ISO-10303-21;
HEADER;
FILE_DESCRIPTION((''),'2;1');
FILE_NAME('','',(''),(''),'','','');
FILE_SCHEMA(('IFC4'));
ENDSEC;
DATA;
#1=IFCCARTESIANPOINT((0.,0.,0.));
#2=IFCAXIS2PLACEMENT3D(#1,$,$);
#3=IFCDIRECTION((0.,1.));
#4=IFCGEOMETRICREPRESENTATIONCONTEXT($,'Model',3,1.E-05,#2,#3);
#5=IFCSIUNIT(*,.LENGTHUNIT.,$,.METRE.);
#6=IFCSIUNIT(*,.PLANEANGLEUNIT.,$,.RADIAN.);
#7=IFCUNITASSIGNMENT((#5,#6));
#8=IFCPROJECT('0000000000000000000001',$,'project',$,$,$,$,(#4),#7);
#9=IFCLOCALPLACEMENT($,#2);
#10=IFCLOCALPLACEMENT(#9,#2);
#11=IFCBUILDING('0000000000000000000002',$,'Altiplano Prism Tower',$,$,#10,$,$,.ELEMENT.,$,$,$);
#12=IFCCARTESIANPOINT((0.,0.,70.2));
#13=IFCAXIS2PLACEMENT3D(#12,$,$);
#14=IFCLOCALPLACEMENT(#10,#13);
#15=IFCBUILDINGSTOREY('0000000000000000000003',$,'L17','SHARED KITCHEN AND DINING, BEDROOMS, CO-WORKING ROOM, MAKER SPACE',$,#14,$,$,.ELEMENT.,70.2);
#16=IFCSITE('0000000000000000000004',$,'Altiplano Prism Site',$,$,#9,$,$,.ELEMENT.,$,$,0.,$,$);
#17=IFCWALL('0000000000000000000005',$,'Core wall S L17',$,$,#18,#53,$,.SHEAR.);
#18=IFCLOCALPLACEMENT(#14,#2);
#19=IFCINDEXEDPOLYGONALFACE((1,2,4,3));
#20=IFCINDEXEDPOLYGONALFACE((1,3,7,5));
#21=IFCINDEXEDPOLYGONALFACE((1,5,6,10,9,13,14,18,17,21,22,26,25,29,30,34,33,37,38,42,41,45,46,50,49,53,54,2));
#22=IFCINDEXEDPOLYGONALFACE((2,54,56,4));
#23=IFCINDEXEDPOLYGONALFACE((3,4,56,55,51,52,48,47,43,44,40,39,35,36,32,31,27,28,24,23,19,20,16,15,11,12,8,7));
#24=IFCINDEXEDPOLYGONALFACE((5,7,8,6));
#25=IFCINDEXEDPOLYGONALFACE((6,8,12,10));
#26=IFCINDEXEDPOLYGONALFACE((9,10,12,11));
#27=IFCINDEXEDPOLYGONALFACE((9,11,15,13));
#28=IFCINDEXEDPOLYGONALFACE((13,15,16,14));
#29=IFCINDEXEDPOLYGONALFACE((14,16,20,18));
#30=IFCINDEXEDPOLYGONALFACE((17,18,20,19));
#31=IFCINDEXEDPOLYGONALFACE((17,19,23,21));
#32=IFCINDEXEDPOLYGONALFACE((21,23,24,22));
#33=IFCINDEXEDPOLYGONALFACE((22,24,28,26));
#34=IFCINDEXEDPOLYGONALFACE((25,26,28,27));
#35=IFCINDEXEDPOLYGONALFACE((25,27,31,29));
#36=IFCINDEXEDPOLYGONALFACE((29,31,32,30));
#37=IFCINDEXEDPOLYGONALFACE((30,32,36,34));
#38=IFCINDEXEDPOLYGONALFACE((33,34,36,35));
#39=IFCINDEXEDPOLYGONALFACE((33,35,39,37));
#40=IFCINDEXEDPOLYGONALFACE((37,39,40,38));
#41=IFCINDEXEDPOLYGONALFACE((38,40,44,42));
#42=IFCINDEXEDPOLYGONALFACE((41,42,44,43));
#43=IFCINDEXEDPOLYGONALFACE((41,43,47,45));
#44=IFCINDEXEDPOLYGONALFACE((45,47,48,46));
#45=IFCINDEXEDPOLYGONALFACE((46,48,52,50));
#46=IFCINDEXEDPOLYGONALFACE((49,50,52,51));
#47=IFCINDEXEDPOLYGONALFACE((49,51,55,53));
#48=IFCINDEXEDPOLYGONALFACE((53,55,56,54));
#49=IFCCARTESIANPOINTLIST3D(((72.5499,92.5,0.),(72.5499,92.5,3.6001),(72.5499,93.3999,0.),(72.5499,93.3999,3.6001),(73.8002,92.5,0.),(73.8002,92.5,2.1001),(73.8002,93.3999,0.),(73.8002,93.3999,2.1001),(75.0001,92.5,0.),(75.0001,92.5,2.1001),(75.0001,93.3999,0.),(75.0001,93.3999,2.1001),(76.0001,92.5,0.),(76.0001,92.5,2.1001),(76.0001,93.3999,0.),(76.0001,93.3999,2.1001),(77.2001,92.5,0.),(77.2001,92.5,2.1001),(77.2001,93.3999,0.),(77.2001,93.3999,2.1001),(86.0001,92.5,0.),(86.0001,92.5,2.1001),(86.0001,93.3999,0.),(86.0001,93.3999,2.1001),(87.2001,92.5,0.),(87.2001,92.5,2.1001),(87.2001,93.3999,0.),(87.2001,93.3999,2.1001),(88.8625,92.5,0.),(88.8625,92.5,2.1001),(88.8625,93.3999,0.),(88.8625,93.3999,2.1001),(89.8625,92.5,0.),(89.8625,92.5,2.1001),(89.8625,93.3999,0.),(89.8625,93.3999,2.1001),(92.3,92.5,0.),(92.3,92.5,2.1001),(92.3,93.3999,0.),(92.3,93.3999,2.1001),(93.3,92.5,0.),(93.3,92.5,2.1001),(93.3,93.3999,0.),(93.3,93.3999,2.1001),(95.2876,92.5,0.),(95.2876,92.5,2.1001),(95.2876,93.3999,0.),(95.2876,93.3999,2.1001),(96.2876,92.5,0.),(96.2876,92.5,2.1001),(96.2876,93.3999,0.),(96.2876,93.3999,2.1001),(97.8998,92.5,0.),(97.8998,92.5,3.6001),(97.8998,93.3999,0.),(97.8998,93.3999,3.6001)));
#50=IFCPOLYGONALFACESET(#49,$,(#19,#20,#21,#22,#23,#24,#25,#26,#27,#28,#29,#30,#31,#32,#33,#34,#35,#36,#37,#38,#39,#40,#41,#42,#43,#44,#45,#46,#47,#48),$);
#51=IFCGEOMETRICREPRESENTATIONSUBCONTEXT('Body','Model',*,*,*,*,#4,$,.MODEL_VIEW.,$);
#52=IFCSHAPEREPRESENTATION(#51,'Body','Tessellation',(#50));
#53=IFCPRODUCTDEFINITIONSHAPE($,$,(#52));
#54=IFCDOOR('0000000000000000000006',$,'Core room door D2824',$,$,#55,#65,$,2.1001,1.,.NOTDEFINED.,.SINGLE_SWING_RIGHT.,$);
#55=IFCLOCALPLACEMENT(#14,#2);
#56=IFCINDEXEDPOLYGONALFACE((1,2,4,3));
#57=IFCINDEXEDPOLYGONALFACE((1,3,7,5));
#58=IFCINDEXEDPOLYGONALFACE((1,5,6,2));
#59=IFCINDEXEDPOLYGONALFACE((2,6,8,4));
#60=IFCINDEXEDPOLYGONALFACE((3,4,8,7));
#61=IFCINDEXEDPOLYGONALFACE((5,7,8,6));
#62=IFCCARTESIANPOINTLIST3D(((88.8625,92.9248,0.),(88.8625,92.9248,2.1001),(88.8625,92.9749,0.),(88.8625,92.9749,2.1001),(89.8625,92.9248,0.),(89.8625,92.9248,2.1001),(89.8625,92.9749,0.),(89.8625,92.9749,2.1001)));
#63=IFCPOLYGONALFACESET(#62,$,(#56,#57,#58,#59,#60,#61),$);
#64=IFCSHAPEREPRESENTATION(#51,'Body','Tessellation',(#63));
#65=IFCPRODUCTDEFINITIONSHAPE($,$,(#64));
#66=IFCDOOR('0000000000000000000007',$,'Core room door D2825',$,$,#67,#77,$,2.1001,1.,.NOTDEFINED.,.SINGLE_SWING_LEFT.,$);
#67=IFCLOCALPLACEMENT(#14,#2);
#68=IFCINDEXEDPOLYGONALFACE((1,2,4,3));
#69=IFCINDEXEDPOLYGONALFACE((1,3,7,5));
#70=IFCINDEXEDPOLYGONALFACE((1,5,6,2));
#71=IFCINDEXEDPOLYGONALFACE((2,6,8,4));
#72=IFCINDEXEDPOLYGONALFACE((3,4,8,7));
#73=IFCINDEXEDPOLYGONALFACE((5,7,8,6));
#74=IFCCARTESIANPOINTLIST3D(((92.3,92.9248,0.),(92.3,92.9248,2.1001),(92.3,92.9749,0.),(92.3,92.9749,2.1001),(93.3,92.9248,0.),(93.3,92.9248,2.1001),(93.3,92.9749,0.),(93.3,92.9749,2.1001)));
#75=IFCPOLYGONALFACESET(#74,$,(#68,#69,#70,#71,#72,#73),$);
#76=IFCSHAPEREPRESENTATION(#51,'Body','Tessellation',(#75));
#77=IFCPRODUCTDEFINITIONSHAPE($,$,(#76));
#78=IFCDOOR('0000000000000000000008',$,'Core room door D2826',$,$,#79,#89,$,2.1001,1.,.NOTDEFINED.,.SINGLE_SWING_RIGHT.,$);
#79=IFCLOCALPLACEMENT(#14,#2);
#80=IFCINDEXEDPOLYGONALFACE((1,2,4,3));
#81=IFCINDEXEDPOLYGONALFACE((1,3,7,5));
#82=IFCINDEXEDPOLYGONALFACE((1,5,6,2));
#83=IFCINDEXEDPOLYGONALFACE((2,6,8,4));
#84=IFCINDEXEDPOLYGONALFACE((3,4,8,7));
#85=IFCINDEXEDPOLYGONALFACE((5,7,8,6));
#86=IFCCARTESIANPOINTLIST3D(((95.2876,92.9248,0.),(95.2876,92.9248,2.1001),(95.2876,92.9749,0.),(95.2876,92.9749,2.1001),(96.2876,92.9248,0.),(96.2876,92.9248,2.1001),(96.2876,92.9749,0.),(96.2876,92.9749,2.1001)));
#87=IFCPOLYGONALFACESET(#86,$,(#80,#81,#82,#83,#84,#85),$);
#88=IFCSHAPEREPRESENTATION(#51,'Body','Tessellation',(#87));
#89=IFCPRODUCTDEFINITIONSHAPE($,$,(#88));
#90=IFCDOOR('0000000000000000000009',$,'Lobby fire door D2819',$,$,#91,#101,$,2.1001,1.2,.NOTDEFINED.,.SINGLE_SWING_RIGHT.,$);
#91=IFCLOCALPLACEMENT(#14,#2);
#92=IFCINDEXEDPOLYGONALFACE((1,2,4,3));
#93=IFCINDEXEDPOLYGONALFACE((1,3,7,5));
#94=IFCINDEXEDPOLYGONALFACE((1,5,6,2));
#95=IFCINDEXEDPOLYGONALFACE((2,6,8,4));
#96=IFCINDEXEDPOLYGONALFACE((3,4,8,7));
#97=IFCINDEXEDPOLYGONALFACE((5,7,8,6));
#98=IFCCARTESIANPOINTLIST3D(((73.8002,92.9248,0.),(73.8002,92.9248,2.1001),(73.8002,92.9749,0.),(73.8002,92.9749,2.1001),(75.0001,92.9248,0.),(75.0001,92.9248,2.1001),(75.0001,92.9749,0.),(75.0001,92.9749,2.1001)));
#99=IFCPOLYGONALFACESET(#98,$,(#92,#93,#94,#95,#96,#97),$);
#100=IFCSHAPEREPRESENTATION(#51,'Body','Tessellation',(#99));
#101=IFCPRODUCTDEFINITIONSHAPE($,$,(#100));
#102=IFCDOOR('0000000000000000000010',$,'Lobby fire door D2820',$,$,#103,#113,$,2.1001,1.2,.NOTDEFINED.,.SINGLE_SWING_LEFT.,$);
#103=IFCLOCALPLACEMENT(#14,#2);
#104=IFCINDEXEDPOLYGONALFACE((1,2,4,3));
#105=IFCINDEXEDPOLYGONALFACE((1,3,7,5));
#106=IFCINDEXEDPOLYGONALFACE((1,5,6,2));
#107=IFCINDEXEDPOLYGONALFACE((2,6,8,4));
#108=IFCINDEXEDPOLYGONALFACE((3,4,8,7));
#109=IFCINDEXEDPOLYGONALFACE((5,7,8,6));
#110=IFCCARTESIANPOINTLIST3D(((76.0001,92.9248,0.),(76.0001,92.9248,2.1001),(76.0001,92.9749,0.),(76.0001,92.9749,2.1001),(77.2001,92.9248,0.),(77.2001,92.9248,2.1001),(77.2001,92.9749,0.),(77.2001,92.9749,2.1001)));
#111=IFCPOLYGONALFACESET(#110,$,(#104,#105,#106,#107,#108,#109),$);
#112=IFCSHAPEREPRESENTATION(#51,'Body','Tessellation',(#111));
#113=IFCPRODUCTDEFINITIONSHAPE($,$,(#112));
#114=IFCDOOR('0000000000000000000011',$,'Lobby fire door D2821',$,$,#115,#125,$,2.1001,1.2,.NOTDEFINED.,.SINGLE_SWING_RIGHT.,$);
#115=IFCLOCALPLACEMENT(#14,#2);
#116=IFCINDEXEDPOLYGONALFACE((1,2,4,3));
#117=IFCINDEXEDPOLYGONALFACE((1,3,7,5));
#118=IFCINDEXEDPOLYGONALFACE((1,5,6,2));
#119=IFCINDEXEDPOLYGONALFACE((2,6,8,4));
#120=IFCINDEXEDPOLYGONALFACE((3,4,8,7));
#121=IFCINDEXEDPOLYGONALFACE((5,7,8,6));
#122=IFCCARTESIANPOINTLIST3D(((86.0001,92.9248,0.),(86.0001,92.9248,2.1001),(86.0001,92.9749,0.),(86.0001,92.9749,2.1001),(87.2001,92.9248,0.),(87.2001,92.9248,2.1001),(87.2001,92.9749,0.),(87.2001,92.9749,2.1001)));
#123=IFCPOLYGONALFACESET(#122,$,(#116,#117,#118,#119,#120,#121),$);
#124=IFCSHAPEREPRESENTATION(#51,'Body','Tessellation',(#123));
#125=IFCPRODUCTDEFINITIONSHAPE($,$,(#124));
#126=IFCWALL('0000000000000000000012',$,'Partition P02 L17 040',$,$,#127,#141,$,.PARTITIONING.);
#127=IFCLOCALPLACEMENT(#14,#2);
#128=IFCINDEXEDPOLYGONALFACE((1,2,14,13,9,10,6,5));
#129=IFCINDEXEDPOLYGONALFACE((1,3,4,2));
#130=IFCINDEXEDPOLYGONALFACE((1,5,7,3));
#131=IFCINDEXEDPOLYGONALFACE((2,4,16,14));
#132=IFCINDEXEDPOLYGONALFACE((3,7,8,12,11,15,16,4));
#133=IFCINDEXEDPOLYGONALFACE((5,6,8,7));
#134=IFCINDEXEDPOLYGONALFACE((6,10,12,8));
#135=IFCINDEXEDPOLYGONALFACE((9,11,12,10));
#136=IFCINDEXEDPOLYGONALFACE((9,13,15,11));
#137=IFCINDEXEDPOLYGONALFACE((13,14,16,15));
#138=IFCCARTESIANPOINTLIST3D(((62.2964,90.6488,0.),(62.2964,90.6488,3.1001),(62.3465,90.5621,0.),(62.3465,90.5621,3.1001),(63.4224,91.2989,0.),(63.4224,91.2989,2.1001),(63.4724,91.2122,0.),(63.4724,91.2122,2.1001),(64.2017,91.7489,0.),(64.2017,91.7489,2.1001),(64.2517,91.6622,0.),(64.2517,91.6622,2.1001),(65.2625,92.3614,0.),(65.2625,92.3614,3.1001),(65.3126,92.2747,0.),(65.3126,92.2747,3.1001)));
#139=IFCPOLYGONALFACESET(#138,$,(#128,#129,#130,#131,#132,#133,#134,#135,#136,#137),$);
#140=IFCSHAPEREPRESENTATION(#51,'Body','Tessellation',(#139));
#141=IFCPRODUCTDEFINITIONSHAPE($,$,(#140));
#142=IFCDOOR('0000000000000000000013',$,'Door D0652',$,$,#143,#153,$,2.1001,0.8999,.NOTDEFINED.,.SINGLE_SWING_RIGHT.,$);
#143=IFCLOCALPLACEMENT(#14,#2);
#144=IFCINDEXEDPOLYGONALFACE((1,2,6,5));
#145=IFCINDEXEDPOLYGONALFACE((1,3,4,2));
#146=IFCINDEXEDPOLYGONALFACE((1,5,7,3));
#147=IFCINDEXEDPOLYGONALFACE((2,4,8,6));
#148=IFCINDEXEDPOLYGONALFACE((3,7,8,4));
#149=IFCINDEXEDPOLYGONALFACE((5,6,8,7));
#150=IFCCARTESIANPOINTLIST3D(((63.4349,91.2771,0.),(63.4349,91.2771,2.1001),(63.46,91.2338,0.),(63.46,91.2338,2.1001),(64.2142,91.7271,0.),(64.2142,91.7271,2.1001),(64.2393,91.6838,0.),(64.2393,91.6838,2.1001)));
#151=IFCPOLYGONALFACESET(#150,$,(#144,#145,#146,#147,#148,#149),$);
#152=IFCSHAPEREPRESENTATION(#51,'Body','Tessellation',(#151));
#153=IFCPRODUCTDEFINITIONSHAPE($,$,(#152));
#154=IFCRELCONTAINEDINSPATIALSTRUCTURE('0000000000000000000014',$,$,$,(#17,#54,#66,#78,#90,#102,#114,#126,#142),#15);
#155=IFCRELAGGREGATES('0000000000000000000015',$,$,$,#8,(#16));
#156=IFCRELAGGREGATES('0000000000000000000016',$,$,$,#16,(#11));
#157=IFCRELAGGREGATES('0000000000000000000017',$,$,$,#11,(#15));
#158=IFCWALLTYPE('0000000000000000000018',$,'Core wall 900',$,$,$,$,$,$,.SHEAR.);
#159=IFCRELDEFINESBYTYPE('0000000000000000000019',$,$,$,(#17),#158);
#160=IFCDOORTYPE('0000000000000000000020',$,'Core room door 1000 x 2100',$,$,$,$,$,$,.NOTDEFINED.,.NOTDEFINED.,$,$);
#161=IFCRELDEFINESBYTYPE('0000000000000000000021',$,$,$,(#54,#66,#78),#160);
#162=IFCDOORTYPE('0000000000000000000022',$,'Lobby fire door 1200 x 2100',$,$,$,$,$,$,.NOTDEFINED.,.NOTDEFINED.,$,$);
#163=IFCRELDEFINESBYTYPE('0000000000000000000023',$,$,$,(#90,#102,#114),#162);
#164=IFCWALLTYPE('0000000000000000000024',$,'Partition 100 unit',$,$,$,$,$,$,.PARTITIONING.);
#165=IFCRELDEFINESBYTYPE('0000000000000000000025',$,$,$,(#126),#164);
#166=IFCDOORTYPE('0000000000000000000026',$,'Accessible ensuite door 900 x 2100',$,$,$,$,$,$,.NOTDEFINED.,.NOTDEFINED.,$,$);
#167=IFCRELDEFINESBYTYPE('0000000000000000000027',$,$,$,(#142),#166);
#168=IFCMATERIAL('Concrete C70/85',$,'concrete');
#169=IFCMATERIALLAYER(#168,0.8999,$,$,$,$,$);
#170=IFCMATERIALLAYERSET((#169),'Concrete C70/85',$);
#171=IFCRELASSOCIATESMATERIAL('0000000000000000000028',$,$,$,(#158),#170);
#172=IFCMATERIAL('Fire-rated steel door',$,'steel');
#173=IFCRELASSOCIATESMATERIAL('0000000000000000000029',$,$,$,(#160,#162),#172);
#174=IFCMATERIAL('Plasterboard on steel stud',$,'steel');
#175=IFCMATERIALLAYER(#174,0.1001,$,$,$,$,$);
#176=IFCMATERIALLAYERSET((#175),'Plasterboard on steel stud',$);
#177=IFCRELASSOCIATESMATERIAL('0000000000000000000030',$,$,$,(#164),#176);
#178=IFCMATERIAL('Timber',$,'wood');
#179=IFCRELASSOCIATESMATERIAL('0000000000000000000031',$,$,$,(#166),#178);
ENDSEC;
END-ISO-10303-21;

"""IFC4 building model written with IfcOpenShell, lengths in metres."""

from ifc_helpers import new_model, si_unit, direction, frame, frame_2d, origin, place, context, subcontext, project, spatial, rectangle, extrude, material, layer, layer_set, type_object, element, fill, save


model = new_model("IFC4")

# Units and contexts
model_context = context("Model", 3, precision=1e-05, world=origin(), true_north=direction((0.0, 1.0)))
body_context = subcontext(model_context, "Body", "Model", "MODEL_VIEW")
ifc_project = project(units=[si_unit("LENGTHUNIT", "METRE"), si_unit("PLANEANGLEUNIT", "RADIAN")], contexts=[model_context])

# Site, building, storey
site_placement = place(None, origin())
site = spatial("IfcSite", under=ifc_project, at=site_placement, Name="Altiplano Prism Site", CompositionType="ELEMENT", RefElevation=0.0)
building_placement = place(site_placement, origin())
building = spatial("IfcBuilding", under=site, at=building_placement, Name="Altiplano Prism Tower", CompositionType="ELEMENT")
storey_placement = place(building_placement, frame((0.0, 0.0, 70.2)))
storey = spatial("IfcBuildingStorey", under=building, at=storey_placement, Name="L17", Description="SHARED KITCHEN AND DINING, BEDROOMS, CO-WORKING ROOM, MAKER SPACE", CompositionType="ELEMENT", Elevation=70.2)

# Wall, openings, doors
ifc_material_1 = material(Name="Concrete C70/85", Category="concrete")
ifc_layer_1 = layer(ifc_material_1, 0.8999)
ifc_layer_set_1 = layer_set([ifc_layer_1], Name="Concrete C70/85")
wall_type_1 = type_object("IfcWallType", Name="Core wall 900", PredefinedType="SHEAR", material=ifc_layer_set_1)
wall_1_placement = place(storey_placement, frame((72.55, 92.95, 0.0), z_axis=(0.0, 0.0, 1.0), x_axis=(1.0, 0.0, 0.0)))
wall_1 = element("IfcWall", 1, at=wall_1_placement, inside=storey, type_object=wall_type_1, Name="Core wall S L17", PredefinedType="SHEAR", context=body_context, shape_type="SweptSolid", body=[
    extrude(rectangle(XDim=25.3499, YDim=0.8999, at=frame_2d((12.6748, 0.0))), origin(), (0.0, 0.0, 1.0), 3.6001),
])
opening_1_placement = place(wall_1_placement, frame((1.25, 0.0, 0.0)))
opening_1 = element("IfcOpeningElement", 2, at=opening_1_placement, cuts=wall_1, PredefinedType="OPENING", context=body_context, shape_type="SweptSolid", body=[
    extrude(rectangle(XDim=1.2, YDim=2.1001, at=frame_2d((0.6001, 1.05))), frame((0.0, 0.4604, 0.0), z_axis=(0.0, -1.0, 0.0), x_axis=(1.0, 0.0, 0.0)), (0.0, 0.0, 1.0), 0.9209),
])
opening_2_placement = place(wall_1_placement, frame((3.45, 0.0, 0.0)))
opening_2 = element("IfcOpeningElement", 3, at=opening_2_placement, cuts=wall_1, PredefinedType="OPENING", context=body_context, shape_type="SweptSolid", body=[
    extrude(rectangle(XDim=1.2, YDim=2.1001, at=frame_2d((0.6001, 1.05))), frame((0.0, 0.4604, 0.0), z_axis=(0.0, -1.0, 0.0), x_axis=(1.0, 0.0, 0.0)), (0.0, 0.0, 1.0), 0.9209),
])
opening_3_placement = place(wall_1_placement, frame((13.45, 0.0, 0.0)))
opening_3 = element("IfcOpeningElement", 4, at=opening_3_placement, cuts=wall_1, PredefinedType="OPENING", context=body_context, shape_type="SweptSolid", body=[
    extrude(rectangle(XDim=1.2, YDim=2.1001, at=frame_2d((0.6001, 1.05))), frame((0.0, 0.4604, 0.0), z_axis=(0.0, -1.0, 0.0), x_axis=(1.0, 0.0, 0.0)), (0.0, 0.0, 1.0), 0.9209),
])
opening_4_placement = place(wall_1_placement, frame((16.3125, 0.0, 0.0)))
opening_4 = element("IfcOpeningElement", 5, at=opening_4_placement, cuts=wall_1, PredefinedType="OPENING", context=body_context, shape_type="SweptSolid", body=[
    extrude(rectangle(XDim=1.0, YDim=2.1001, at=frame_2d((0.5, 1.05))), frame((0.0, 0.4604, 0.0), z_axis=(0.0, -1.0, 0.0), x_axis=(1.0, 0.0, 0.0)), (0.0, 0.0, 1.0), 0.9209),
])
opening_5_placement = place(wall_1_placement, frame((19.75, 0.0, 0.0)))
opening_5 = element("IfcOpeningElement", 6, at=opening_5_placement, cuts=wall_1, PredefinedType="OPENING", context=body_context, shape_type="SweptSolid", body=[
    extrude(rectangle(XDim=1.0, YDim=2.1001, at=frame_2d((0.5, 1.05))), frame((0.0, 0.4604, 0.0), z_axis=(0.0, -1.0, 0.0), x_axis=(1.0, 0.0, 0.0)), (0.0, 0.0, 1.0), 0.9209),
])
opening_6_placement = place(wall_1_placement, frame((22.7375, 0.0, 0.0)))
opening_6 = element("IfcOpeningElement", 7, at=opening_6_placement, cuts=wall_1, PredefinedType="OPENING", context=body_context, shape_type="SweptSolid", body=[
    extrude(rectangle(XDim=1.0, YDim=2.1001, at=frame_2d((0.5, 1.05))), frame((0.0, 0.4604, 0.0), z_axis=(0.0, -1.0, 0.0), x_axis=(1.0, 0.0, 0.0)), (0.0, 0.0, 1.0), 0.9209),
])
ifc_material_2 = material(Name="Fire-rated steel door", Category="steel")
door_type_1 = type_object("IfcDoorType", Name="Core room door 1000 x 2100", OperationType="NOTDEFINED", PredefinedType="NOTDEFINED", material=ifc_material_2)
door_1_placement = place(opening_4_placement, origin())
door_1 = element("IfcDoor", 8, at=door_1_placement, inside=storey, type_object=door_type_1, Name="Core room door D2824", OperationType="SINGLE_SWING_RIGHT", OverallHeight=2.1001, OverallWidth=1.0, PredefinedType="NOTDEFINED", context=body_context, shape_type="SweptSolid", body=[
    extrude(rectangle(XDim=1.0, YDim=2.1001, at=frame_2d((0.5, 1.05))), frame((0.0, 0.0249, 0.0), z_axis=(0.0, -1.0, 0.0), x_axis=(1.0, 0.0, 0.0)), (0.0, 0.0, 1.0), 0.05),
])
fill(opening_4, door_1)
door_2_placement = place(opening_5_placement, origin())
door_2 = element("IfcDoor", 9, at=door_2_placement, inside=storey, type_object=door_type_1, Name="Core room door D2825", OperationType="SINGLE_SWING_LEFT", OverallHeight=2.1001, OverallWidth=1.0, PredefinedType="NOTDEFINED", context=body_context, shape_type="SweptSolid", body=[
    extrude(rectangle(XDim=1.0, YDim=2.1001, at=frame_2d((0.5, 1.05))), frame((0.0, 0.0249, 0.0), z_axis=(0.0, -1.0, 0.0), x_axis=(1.0, 0.0, 0.0)), (0.0, 0.0, 1.0), 0.05),
])
fill(opening_5, door_2)
door_3_placement = place(opening_6_placement, origin())
door_3 = element("IfcDoor", 10, at=door_3_placement, inside=storey, type_object=door_type_1, Name="Core room door D2826", OperationType="SINGLE_SWING_RIGHT", OverallHeight=2.1001, OverallWidth=1.0, PredefinedType="NOTDEFINED", context=body_context, shape_type="SweptSolid", body=[
    extrude(rectangle(XDim=1.0, YDim=2.1001, at=frame_2d((0.5, 1.05))), frame((0.0, 0.0249, 0.0), z_axis=(0.0, -1.0, 0.0), x_axis=(1.0, 0.0, 0.0)), (0.0, 0.0, 1.0), 0.05),
])
fill(opening_6, door_3)
door_type_2 = type_object("IfcDoorType", Name="Lobby fire door 1200 x 2100", OperationType="NOTDEFINED", PredefinedType="NOTDEFINED", material=ifc_material_2)
door_4_placement = place(opening_1_placement, origin())
door_4 = element("IfcDoor", 11, at=door_4_placement, inside=storey, type_object=door_type_2, Name="Lobby fire door D2819", OperationType="SINGLE_SWING_RIGHT", OverallHeight=2.1001, OverallWidth=1.2, PredefinedType="NOTDEFINED", context=body_context, shape_type="SweptSolid", body=[
    extrude(rectangle(XDim=1.2, YDim=2.1001, at=frame_2d((0.6001, 1.05))), frame((0.0, 0.0249, 0.0), z_axis=(0.0, -1.0, 0.0), x_axis=(1.0, 0.0, 0.0)), (0.0, 0.0, 1.0), 0.05),
])
fill(opening_1, door_4)
door_5_placement = place(opening_2_placement, origin())
door_5 = element("IfcDoor", 12, at=door_5_placement, inside=storey, type_object=door_type_2, Name="Lobby fire door D2820", OperationType="SINGLE_SWING_LEFT", OverallHeight=2.1001, OverallWidth=1.2, PredefinedType="NOTDEFINED", context=body_context, shape_type="SweptSolid", body=[
    extrude(rectangle(XDim=1.2, YDim=2.1001, at=frame_2d((0.6001, 1.05))), frame((0.0, 0.0249, 0.0), z_axis=(0.0, -1.0, 0.0), x_axis=(1.0, 0.0, 0.0)), (0.0, 0.0, 1.0), 0.05),
])
fill(opening_2, door_5)
door_6_placement = place(opening_3_placement, origin())
door_6 = element("IfcDoor", 13, at=door_6_placement, inside=storey, type_object=door_type_2, Name="Lobby fire door D2821", OperationType="SINGLE_SWING_RIGHT", OverallHeight=2.1001, OverallWidth=1.2, PredefinedType="NOTDEFINED", context=body_context, shape_type="SweptSolid", body=[
    extrude(rectangle(XDim=1.2, YDim=2.1001, at=frame_2d((0.6001, 1.05))), frame((0.0, 0.0249, 0.0), z_axis=(0.0, -1.0, 0.0), x_axis=(1.0, 0.0, 0.0)), (0.0, 0.0, 1.0), 0.05),
])
fill(opening_3, door_6)

# Wall, opening, door
ifc_material_3 = material(Name="Plasterboard on steel stud", Category="steel")
ifc_layer_2 = layer(ifc_material_3, 0.1001)
ifc_layer_set_2 = layer_set([ifc_layer_2], Name="Plasterboard on steel stud")
wall_type_2 = type_object("IfcWallType", Name="Partition 100 unit", PredefinedType="PARTITIONING", material=ifc_layer_set_2)
wall_2_placement = place(storey_placement, frame((62.3215, 90.6055, 0.0), z_axis=(0.0, 0.0, 1.0), x_axis=(0.866002, 0.500041, 0.0)))
wall_2 = element("IfcWall", 14, at=wall_2_placement, inside=storey, type_object=wall_type_2, Name="Partition P02 L17 040", PredefinedType="PARTITIONING", context=body_context, shape_type="SweptSolid", body=[
    extrude(rectangle(XDim=3.425, YDim=0.1001, at=frame_2d((1.7124, 0.0))), origin(), (0.0, 0.0, 1.0), 3.1001),
])
opening_7_placement = place(wall_2_placement, frame((1.3, 0.0, 0.0)))
opening_7 = element("IfcOpeningElement", 15, at=opening_7_placement, cuts=wall_2, PredefinedType="OPENING", context=body_context, shape_type="SweptSolid", body=[
    extrude(rectangle(XDim=0.8999, YDim=2.1001, at=frame_2d((0.45, 1.05))), frame((0.0, 0.0605, 0.0), z_axis=(0.0, -1.0, 0.0), x_axis=(1.0, 0.0, 0.0)), (0.0, 0.0, 1.0), 0.1211),
])
ifc_material_4 = material(Name="Timber", Category="wood")
door_type_3 = type_object("IfcDoorType", Name="Accessible ensuite door 900 x 2100", OperationType="NOTDEFINED", PredefinedType="NOTDEFINED", material=ifc_material_4)
door_7_placement = place(opening_7_placement, origin())
door_7 = element("IfcDoor", 16, at=door_7_placement, inside=storey, type_object=door_type_3, Name="Door D0652", OperationType="SINGLE_SWING_RIGHT", OverallHeight=2.1001, OverallWidth=0.8999, PredefinedType="NOTDEFINED", context=body_context, shape_type="SweptSolid", body=[
    extrude(rectangle(XDim=0.8999, YDim=2.1001, at=frame_2d((0.45, 1.05))), frame((0.0, 0.0249, 0.0), z_axis=(0.0, -1.0, 0.0), x_axis=(1.0, 0.0, 0.0)), (0.0, 0.0, 1.0), 0.05),
])
fill(opening_7, door_7)

save(model, "model.ifc")
